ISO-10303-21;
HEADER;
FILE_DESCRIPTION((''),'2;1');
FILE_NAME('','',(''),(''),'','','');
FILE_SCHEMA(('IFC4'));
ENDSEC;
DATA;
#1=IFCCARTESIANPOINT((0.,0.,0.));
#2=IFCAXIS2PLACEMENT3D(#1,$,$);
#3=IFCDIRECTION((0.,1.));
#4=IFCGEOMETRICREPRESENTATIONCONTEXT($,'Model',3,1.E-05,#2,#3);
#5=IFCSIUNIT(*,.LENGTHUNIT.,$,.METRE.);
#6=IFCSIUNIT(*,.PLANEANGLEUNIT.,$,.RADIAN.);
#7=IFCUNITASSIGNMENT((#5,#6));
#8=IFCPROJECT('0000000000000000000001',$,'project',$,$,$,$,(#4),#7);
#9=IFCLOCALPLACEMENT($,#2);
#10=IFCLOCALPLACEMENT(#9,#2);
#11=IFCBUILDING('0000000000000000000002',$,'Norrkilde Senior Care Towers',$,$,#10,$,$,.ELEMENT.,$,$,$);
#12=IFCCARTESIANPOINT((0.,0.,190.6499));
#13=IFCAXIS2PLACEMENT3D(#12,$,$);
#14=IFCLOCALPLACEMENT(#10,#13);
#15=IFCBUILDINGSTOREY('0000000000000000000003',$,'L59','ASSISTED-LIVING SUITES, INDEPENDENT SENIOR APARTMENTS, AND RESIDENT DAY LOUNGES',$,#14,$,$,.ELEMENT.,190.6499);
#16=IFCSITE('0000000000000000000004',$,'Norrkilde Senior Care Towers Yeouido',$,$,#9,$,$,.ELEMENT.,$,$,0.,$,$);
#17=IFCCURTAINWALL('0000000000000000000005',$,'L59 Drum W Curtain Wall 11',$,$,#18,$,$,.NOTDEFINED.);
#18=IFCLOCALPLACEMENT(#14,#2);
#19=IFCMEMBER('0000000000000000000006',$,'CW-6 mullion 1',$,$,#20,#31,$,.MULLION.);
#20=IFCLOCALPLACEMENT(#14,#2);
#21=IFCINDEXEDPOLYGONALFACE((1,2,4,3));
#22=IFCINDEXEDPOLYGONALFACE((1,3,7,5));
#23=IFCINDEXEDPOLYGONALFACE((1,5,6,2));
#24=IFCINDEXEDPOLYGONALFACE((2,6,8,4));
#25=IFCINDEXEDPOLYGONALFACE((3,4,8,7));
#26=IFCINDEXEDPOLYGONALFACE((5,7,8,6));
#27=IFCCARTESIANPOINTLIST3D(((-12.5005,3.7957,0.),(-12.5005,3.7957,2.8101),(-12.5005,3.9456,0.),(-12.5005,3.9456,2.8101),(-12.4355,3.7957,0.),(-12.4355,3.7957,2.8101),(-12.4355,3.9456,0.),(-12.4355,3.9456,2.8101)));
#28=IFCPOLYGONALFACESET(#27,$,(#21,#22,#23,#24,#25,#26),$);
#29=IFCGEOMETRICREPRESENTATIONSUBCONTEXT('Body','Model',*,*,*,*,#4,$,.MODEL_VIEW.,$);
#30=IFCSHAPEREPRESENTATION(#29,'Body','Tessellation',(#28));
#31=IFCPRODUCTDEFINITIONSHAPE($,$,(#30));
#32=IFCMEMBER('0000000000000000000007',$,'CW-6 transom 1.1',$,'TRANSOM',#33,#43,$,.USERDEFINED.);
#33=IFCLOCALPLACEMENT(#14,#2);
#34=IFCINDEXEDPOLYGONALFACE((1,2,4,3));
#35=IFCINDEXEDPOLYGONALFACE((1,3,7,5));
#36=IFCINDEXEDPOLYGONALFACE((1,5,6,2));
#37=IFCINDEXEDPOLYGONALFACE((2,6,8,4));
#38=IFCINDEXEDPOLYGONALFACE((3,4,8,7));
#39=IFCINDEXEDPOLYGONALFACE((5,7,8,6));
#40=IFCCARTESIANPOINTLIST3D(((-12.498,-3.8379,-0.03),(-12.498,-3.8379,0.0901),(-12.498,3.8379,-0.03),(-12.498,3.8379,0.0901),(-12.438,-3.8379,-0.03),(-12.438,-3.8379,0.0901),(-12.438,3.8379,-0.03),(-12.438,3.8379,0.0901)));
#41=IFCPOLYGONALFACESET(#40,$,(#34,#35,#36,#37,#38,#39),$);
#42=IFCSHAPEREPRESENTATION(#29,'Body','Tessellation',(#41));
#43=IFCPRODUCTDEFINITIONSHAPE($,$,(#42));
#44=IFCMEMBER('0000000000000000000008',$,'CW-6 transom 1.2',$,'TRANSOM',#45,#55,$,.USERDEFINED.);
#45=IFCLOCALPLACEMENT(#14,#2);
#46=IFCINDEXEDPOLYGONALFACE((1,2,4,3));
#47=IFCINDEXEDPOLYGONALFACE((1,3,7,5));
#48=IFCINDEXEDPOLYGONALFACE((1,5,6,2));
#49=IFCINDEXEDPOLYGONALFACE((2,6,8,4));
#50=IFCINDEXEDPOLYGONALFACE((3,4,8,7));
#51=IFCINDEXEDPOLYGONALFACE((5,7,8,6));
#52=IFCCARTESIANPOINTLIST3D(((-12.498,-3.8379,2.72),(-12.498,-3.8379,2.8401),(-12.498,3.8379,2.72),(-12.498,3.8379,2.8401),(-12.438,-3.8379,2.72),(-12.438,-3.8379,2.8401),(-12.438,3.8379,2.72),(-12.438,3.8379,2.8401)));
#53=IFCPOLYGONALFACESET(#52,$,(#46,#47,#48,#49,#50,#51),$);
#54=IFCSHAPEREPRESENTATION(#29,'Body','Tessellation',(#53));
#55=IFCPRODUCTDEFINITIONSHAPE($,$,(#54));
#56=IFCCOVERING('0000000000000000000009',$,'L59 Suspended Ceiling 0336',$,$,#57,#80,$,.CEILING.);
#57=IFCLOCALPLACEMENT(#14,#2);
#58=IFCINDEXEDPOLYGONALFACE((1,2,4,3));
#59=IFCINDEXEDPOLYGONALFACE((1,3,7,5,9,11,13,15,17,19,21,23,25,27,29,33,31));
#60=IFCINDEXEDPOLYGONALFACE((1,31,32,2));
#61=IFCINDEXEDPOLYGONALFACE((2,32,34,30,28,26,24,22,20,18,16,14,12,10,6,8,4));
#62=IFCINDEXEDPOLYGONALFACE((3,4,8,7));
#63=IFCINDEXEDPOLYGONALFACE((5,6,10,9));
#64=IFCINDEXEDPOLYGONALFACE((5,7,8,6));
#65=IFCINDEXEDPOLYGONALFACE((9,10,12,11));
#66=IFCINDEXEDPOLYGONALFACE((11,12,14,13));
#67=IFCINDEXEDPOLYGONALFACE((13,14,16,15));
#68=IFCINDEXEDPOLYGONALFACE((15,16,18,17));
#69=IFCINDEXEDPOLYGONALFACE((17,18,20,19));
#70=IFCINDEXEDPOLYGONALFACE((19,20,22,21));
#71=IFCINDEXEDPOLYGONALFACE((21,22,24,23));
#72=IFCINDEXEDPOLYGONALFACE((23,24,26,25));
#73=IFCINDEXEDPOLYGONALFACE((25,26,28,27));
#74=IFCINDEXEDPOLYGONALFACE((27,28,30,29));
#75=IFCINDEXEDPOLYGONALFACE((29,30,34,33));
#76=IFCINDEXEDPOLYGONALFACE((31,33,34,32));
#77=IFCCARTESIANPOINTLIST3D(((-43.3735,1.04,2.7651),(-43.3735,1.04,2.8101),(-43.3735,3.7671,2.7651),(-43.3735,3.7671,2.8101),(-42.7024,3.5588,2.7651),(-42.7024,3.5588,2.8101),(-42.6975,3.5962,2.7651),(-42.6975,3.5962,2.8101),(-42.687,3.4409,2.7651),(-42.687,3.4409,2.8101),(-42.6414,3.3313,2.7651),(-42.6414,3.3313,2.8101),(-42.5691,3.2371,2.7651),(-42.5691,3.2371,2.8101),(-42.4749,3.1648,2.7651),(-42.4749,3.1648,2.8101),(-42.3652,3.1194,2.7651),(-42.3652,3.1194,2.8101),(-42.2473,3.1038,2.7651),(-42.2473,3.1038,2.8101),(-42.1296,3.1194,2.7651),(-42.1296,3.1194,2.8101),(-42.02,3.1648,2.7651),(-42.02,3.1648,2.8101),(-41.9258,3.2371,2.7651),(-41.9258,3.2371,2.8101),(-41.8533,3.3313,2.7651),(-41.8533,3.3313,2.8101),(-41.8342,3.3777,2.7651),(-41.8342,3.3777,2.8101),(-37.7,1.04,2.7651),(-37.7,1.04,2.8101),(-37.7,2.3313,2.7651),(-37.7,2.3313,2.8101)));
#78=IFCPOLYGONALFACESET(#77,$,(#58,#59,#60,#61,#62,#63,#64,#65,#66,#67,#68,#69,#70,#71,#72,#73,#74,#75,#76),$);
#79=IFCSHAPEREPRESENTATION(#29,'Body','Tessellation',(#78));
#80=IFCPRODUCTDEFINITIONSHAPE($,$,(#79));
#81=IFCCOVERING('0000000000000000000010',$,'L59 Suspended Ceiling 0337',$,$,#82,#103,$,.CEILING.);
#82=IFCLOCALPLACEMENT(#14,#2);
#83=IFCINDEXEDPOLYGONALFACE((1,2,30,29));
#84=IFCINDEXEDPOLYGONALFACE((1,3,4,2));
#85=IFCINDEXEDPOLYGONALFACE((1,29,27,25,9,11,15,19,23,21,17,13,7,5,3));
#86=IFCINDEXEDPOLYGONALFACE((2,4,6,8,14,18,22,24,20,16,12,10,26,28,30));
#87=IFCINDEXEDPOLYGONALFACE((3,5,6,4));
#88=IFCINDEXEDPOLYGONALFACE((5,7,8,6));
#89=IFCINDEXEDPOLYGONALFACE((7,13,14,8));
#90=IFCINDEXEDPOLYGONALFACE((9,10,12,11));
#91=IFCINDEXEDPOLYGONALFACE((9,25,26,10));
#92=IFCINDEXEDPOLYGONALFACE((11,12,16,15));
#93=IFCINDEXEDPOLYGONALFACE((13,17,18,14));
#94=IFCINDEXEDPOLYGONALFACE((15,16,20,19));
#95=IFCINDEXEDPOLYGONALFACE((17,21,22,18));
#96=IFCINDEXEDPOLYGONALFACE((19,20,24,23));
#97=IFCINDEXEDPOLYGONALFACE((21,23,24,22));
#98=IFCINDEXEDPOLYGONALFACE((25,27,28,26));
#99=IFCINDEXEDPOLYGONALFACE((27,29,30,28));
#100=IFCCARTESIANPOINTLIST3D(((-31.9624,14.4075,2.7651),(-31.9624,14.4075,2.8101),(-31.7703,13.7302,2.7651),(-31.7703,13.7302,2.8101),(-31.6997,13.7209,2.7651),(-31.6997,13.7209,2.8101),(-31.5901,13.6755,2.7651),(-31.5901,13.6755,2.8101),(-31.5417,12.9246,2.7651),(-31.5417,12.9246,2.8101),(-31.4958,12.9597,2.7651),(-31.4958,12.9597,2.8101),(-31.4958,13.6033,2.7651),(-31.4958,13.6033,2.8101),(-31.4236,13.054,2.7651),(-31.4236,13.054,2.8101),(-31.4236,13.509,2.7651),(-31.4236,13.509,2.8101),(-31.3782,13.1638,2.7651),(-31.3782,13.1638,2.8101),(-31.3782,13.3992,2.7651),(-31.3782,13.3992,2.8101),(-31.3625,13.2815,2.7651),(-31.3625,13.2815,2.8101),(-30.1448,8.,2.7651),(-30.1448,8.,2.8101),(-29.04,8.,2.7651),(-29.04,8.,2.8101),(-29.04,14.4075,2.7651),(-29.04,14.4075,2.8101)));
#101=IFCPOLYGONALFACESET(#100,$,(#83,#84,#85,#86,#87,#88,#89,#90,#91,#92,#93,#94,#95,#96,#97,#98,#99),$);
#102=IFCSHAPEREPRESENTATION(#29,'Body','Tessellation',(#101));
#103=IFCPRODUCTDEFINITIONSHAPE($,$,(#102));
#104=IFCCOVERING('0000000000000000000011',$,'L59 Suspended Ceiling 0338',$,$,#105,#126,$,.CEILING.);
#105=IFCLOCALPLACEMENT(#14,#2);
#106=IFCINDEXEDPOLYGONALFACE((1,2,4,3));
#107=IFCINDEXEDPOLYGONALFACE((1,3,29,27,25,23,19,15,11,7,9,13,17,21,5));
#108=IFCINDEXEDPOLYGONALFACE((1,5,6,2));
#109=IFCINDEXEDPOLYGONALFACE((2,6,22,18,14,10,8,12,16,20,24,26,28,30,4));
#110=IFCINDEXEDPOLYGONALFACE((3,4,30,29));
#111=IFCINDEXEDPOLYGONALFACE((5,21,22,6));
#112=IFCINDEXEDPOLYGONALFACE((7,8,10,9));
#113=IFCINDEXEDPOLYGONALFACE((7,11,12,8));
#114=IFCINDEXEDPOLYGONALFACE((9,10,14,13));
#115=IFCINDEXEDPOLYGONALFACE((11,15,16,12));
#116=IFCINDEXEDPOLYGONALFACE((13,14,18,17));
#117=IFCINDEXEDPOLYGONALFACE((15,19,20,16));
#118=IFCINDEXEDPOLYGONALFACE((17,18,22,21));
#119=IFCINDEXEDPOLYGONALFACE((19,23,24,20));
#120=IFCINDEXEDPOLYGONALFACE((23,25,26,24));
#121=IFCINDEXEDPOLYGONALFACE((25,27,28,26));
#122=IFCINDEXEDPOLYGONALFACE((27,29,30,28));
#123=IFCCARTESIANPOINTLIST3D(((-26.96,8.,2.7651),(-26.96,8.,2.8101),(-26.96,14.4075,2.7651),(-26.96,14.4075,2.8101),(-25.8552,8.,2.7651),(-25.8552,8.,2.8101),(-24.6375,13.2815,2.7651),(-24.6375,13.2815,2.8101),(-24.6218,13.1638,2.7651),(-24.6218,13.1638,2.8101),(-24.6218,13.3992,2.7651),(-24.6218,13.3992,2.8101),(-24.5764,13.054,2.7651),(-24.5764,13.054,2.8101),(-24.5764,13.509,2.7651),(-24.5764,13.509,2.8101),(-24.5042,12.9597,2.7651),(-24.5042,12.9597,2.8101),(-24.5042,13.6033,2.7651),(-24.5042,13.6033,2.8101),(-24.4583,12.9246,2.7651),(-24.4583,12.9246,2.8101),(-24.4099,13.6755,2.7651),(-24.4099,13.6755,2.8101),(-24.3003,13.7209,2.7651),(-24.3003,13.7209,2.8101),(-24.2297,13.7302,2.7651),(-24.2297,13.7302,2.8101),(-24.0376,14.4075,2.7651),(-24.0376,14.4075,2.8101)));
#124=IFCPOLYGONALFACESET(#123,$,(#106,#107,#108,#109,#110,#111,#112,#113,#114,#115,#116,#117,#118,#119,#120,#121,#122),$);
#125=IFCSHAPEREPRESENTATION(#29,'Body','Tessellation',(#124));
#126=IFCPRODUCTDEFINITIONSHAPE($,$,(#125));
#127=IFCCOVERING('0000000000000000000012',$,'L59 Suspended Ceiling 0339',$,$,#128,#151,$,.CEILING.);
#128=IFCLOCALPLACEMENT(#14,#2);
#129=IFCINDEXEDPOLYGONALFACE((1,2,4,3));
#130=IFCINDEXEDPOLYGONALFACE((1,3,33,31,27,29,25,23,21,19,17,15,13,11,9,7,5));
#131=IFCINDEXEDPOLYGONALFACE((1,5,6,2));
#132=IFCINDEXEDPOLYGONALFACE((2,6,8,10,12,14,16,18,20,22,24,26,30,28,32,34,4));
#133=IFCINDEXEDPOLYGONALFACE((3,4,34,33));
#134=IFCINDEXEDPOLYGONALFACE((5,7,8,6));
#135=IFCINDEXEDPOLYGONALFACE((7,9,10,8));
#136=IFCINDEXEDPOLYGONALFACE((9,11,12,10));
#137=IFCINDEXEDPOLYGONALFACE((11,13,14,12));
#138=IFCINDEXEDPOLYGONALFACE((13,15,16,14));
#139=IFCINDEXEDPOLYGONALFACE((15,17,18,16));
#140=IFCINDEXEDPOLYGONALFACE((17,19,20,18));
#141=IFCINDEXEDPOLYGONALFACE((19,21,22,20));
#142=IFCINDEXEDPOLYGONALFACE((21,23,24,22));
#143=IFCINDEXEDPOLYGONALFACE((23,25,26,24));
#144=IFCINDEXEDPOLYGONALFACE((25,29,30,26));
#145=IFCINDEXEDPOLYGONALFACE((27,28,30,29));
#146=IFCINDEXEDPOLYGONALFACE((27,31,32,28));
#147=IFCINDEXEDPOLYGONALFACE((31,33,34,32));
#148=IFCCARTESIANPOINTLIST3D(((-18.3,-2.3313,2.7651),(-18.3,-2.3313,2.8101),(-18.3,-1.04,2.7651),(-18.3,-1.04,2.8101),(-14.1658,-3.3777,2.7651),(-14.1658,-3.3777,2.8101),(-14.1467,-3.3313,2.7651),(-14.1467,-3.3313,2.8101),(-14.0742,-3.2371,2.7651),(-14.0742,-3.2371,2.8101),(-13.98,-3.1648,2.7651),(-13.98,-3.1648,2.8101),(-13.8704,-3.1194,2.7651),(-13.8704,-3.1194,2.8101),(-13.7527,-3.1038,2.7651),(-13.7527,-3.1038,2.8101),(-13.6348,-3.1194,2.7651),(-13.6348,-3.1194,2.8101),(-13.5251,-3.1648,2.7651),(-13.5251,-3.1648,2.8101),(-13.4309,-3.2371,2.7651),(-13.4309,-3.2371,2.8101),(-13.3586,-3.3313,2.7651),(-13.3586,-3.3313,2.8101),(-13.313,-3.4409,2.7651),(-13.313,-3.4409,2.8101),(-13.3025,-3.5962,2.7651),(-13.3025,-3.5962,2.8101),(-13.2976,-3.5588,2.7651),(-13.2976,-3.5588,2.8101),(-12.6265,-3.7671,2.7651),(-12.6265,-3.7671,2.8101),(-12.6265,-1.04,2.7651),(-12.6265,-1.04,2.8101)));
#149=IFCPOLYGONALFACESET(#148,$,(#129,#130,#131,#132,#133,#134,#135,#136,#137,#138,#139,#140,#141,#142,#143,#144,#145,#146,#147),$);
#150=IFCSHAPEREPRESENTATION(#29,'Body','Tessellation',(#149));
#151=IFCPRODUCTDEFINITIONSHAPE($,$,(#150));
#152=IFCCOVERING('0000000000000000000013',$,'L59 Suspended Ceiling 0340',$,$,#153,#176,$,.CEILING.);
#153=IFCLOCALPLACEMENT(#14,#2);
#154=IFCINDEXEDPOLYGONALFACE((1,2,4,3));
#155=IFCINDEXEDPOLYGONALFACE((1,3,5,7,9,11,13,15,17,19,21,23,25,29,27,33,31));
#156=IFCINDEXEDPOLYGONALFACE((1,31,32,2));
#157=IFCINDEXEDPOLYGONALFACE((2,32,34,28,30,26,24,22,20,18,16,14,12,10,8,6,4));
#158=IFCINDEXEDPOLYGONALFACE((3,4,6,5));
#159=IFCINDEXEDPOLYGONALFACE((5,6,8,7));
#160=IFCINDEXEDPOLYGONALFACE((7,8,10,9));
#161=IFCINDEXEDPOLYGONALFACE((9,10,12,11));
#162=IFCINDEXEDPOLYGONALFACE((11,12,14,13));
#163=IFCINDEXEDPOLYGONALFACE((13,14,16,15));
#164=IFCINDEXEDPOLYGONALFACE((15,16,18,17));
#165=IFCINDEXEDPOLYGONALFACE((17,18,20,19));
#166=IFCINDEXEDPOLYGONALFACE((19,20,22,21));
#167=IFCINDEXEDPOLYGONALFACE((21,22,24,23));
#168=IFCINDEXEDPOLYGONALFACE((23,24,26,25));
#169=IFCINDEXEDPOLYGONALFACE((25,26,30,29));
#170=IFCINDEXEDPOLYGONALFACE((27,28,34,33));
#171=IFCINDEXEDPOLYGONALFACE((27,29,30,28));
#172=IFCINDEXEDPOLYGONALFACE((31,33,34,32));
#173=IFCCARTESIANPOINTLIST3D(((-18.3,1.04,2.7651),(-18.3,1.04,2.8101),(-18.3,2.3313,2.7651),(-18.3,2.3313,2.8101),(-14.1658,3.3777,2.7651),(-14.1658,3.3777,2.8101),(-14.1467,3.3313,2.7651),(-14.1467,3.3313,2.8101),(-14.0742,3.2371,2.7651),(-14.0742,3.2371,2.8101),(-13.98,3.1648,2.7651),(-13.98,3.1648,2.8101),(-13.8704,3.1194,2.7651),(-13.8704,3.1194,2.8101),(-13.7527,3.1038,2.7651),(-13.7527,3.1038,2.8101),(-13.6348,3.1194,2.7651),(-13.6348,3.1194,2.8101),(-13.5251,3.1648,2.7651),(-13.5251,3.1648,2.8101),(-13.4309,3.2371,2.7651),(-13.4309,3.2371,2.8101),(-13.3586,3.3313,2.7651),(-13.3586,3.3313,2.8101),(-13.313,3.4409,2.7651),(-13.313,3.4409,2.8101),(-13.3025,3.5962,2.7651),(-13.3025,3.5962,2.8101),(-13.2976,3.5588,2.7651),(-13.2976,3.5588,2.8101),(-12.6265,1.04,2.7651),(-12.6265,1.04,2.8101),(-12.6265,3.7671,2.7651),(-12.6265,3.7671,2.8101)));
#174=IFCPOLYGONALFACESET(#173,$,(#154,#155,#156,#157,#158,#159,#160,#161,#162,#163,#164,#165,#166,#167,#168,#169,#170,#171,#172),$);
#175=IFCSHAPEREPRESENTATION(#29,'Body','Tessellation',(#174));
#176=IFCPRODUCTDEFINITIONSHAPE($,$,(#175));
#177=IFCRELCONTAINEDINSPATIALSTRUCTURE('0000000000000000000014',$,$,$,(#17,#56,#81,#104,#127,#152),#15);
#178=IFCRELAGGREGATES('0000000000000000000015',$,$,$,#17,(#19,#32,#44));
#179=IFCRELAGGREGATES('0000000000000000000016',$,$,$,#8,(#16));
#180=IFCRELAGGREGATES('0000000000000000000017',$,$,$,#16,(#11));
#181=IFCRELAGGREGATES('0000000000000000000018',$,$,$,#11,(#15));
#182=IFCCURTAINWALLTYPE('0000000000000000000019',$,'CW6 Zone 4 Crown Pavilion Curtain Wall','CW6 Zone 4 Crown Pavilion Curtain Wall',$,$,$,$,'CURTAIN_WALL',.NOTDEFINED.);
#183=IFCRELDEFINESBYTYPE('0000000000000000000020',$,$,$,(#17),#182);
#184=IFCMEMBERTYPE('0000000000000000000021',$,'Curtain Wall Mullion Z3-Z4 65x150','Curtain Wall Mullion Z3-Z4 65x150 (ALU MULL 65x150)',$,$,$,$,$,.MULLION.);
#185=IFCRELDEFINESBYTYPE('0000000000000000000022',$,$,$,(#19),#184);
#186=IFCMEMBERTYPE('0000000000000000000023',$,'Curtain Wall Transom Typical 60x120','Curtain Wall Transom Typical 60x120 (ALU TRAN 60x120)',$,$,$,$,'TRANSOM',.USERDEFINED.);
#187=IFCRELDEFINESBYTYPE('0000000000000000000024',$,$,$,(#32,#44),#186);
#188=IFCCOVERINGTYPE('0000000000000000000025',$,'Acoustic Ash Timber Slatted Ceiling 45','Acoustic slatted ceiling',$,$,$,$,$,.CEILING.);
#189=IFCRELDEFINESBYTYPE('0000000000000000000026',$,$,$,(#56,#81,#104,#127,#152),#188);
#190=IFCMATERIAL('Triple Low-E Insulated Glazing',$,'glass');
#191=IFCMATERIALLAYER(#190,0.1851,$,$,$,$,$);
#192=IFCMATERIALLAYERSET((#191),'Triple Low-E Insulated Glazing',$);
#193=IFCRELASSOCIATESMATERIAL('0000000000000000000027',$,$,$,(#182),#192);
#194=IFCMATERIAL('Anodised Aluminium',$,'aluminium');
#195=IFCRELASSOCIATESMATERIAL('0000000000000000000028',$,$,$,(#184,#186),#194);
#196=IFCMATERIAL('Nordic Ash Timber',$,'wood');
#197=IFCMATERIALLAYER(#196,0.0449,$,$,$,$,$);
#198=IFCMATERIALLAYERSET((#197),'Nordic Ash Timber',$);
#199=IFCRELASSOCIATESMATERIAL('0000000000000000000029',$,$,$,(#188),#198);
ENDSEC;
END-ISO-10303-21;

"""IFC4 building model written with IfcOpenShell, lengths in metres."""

from ifc_helpers import new_model, si_unit, direction, frame, origin, origin_2d, place, context, subcontext, project, spatial, polyline, rectangle, outline, extrude, source, transform, mapped, material, layer, layer_set, material_profile, profile_set, type_object, type_shapes, element, aggregate, save


model = new_model("IFC4")

# Units and contexts
model_context = context("Model", 3, precision=1e-05, world=origin(), true_north=direction((0.0, 1.0)))
body_context = subcontext(model_context, "Body", "Model", "MODEL_VIEW")
ifc_project = project(units=[si_unit("LENGTHUNIT", "METRE"), si_unit("PLANEANGLEUNIT", "RADIAN")], contexts=[model_context])

# Site, building, storey
site_placement = place(None, origin())
site = spatial("IfcSite", under=ifc_project, at=site_placement, Name="Norrkilde Senior Care Towers Yeouido", CompositionType="ELEMENT", RefElevation=0.0)
building_placement = place(site_placement, origin())
building = spatial("IfcBuilding", under=site, at=building_placement, Name="Norrkilde Senior Care Towers", CompositionType="ELEMENT")
storey_placement = place(building_placement, frame((0.0, 0.0, 190.6499)))
storey = spatial("IfcBuildingStorey", under=building, at=storey_placement, Name="L59", Description="ASSISTED-LIVING SUITES, INDEPENDENT SENIOR APARTMENTS, AND RESIDENT DAY LOUNGES", CompositionType="ELEMENT", Elevation=190.6499)

# Curtain wall, members
ifc_material_1 = material(Name="Triple Low-E Insulated Glazing", Category="glass")
ifc_layer_1 = layer(ifc_material_1, 0.1851)
ifc_layer_set_1 = layer_set([ifc_layer_1], Name="Triple Low-E Insulated Glazing")
curtain_wall_type = type_object("IfcCurtainWallType", Name="CW6 Zone 4 Crown Pavilion Curtain Wall", Description="CW6 Zone 4 Crown Pavilion Curtain Wall", ElementType="CURTAIN_WALL", PredefinedType="NOTDEFINED", material=ifc_layer_set_1)
curtain_wall_placement = place(storey_placement, origin())
curtain_wall = element("IfcCurtainWall", 1, at=curtain_wall_placement, inside=storey, type_object=curtain_wall_type, Name="L59 Drum W Curtain Wall 11", PredefinedType="NOTDEFINED")
ifc_material_2 = material(Name="Anodised Aluminium", Category="aluminium")
ifc_material_profile_1 = material_profile(ifc_material_2, rectangle(XDim=0.0649, YDim=0.1499, at=origin_2d()), Name="ALU MULL 65x150")
ifc_profile_set_1 = profile_set([ifc_material_profile_1], Name="Anodised Aluminium")
member_type_1 = type_object("IfcMemberType", Name="Curtain Wall Mullion Z3-Z4 65x150", Description="Curtain Wall Mullion Z3-Z4 65x150 (ALU MULL 65x150)", PredefinedType="MULLION", material=ifc_profile_set_1)
shared_shape_1 = source(origin(), body_context, "Body", "SweptSolid", [
    extrude(rectangle(XDim=0.0649, YDim=0.1499, at=origin_2d()), origin(), (0.0, 0.0, 1.0), 2.8101),
])
type_shapes(member_type_1, [shared_shape_1])
member_1_placement = place(storey_placement, frame((-12.468, 3.8706, 0.0), z_axis=(0.0, 0.0, 1.0), x_axis=(1.0, 0.0, 0.0)))
member_1 = element("IfcMember", 2, at=member_1_placement, type_object=member_type_1, Name="CW-6 mullion 1", PredefinedType="MULLION", context=body_context, shape_type="MappedRepresentation", body=[
    mapped(shared_shape_1, transform((0.0, 0.0, 0.0), x_axis=(1.0, 0.0, 0.0), y_axis=(0.0, 1.0, 0.0), z_axis=(0.0, 0.0, 1.0), scale=1.0)),
])
ifc_material_profile_2 = material_profile(ifc_material_2, rectangle(XDim=0.0601, YDim=0.1201, at=origin_2d()), Name="ALU TRAN 60x120")
ifc_profile_set_2 = profile_set([ifc_material_profile_2], Name="Anodised Aluminium")
member_type_2 = type_object("IfcMemberType", Name="Curtain Wall Transom Typical 60x120", Description="Curtain Wall Transom Typical 60x120 (ALU TRAN 60x120)", ElementType="TRANSOM", PredefinedType="USERDEFINED", material=ifc_profile_set_2)
shared_shape_2 = source(origin(), body_context, "Body", "SweptSolid", [
    extrude(rectangle(XDim=0.0601, YDim=0.1201, at=origin_2d()), origin(), (0.0, 0.0, 1.0), 7.6758),
])
type_shapes(member_type_2, [shared_shape_2])
member_2_placement = place(storey_placement, frame((-12.468, 3.8379, 0.03), z_axis=(0.0, -1.0, 0.0), x_axis=(1.0, 0.0, 0.0)))
member_2 = element("IfcMember", 3, at=member_2_placement, type_object=member_type_2, Name="CW-6 transom 1.1", ObjectType="TRANSOM", PredefinedType="USERDEFINED", context=body_context, shape_type="MappedRepresentation", body=[
    mapped(shared_shape_2, transform((0.0, 0.0, 0.0), x_axis=(1.0, 0.0, 0.0), y_axis=(0.0, 1.0, 0.0), z_axis=(0.0, 0.0, 1.0), scale=1.0)),
])
member_3_placement = place(storey_placement, frame((-12.468, 3.8379, 2.78), z_axis=(0.0, -1.0, 0.0), x_axis=(1.0, 0.0, 0.0)))
member_3 = element("IfcMember", 4, at=member_3_placement, type_object=member_type_2, Name="CW-6 transom 1.2", ObjectType="TRANSOM", PredefinedType="USERDEFINED", context=body_context, shape_type="MappedRepresentation", body=[
    mapped(shared_shape_2, transform((0.0, 0.0, 0.0), x_axis=(1.0, 0.0, 0.0), y_axis=(0.0, 1.0, 0.0), z_axis=(0.0, 0.0, 1.0), scale=1.0)),
])
aggregate(curtain_wall, [member_1, member_2, member_3])

# Coverings
ifc_material_3 = material(Name="Nordic Ash Timber", Category="wood")
ifc_layer_2 = layer(ifc_material_3, 0.0449)
ifc_layer_set_2 = layer_set([ifc_layer_2], Name="Nordic Ash Timber")
covering_type_1 = type_object("IfcCoveringType", Name="Acoustic Ash Timber Slatted Ceiling 45", Description="Acoustic slatted ceiling", PredefinedType="CEILING", material=ifc_layer_set_2)
covering_1_placement = place(storey_placement, frame((0.0, 0.0, 2.7651)))
element("IfcCovering", 5, at=covering_1_placement, inside=storey, type_object=covering_type_1, Name="L59 Suspended Ceiling 0336", PredefinedType="CEILING", context=body_context, shape_type="SweptSolid", body=[
    extrude(outline(polyline([(-37.7, 1.04), (-43.3735, 1.04), (-43.3735, 3.7671), (-42.6975, 3.5962), (-42.7024, 3.5588), (-42.687, 3.4409), (-42.6414, 3.3313), (-42.5691, 3.2371), (-42.4749, 3.1648), (-42.3652, 3.1194), (-42.2473, 3.1038), (-42.1296, 3.1194), (-42.02, 3.1648), (-41.9258, 3.2371), (-41.8533, 3.3313), (-41.8342, 3.3777), (-37.7, 2.3313), (-37.7, 1.04)])), origin(), (0.0, 0.0, 1.0), 0.0449),
])
covering_2_placement = place(storey_placement, frame((0.0, 0.0, 2.7651)))
element("IfcCovering", 6, at=covering_2_placement, inside=storey, type_object=covering_type_1, Name="L59 Suspended Ceiling 0337", PredefinedType="CEILING", context=body_context, shape_type="SweptSolid", body=[
    extrude(outline(polyline([(-29.04, 14.4075), (-29.04, 8.0), (-30.1448, 8.0), (-31.5417, 12.9246), (-31.4958, 12.9597), (-31.4236, 13.054), (-31.3782, 13.1638), (-31.3625, 13.2815), (-31.3782, 13.3992), (-31.4236, 13.509), (-31.4958, 13.6033), (-31.5901, 13.6755), (-31.6997, 13.7209), (-31.7703, 13.7302), (-31.9624, 14.4075), (-29.04, 14.4075)])), origin(), (0.0, 0.0, 1.0), 0.0449),
])
covering_3_placement = place(storey_placement, frame((0.0, 0.0, 2.7651)))
element("IfcCovering", 7, at=covering_3_placement, inside=storey, type_object=covering_type_1, Name="L59 Suspended Ceiling 0338", PredefinedType="CEILING", context=body_context, shape_type="SweptSolid", body=[
    extrude(outline(polyline([(-24.0376, 14.4075), (-24.2297, 13.7302), (-24.3003, 13.7209), (-24.4099, 13.6755), (-24.5042, 13.6033), (-24.5764, 13.509), (-24.6218, 13.3992), (-24.6375, 13.2815), (-24.6218, 13.1638), (-24.5764, 13.054), (-24.5042, 12.9597), (-24.4583, 12.9246), (-25.8552, 8.0), (-26.96, 8.0), (-26.96, 14.4075), (-24.0376, 14.4075)])), origin(), (0.0, 0.0, 1.0), 0.0449),
])
covering_4_placement = place(storey_placement, frame((0.0, 0.0, 2.7651)))
element("IfcCovering", 8, at=covering_4_placement, inside=storey, type_object=covering_type_1, Name="L59 Suspended Ceiling 0339", PredefinedType="CEILING", context=body_context, shape_type="SweptSolid", body=[
    extrude(outline(polyline([(-12.6265, -3.7671), (-13.3025, -3.5962), (-13.2976, -3.5588), (-13.313, -3.4409), (-13.3586, -3.3313), (-13.4309, -3.2371), (-13.5251, -3.1648), (-13.6348, -3.1194), (-13.7527, -3.1038), (-13.8704, -3.1194), (-13.98, -3.1648), (-14.0742, -3.2371), (-14.1467, -3.3313), (-14.1658, -3.3777), (-18.3, -2.3313), (-18.3, -1.04), (-12.6265, -1.04), (-12.6265, -3.7671)])), origin(), (0.0, 0.0, 1.0), 0.0449),
])
covering_5_placement = place(storey_placement, frame((0.0, 0.0, 2.7651)))
element("IfcCovering", 9, at=covering_5_placement, inside=storey, type_object=covering_type_1, Name="L59 Suspended Ceiling 0340", PredefinedType="CEILING", context=body_context, shape_type="SweptSolid", body=[
    extrude(outline(polyline([(-12.6265, 1.04), (-18.3, 1.04), (-18.3, 2.3313), (-14.1658, 3.3777), (-14.1467, 3.3313), (-14.0742, 3.2371), (-13.98, 3.1648), (-13.8704, 3.1194), (-13.7527, 3.1038), (-13.6348, 3.1194), (-13.5251, 3.1648), (-13.4309, 3.2371), (-13.3586, 3.3313), (-13.313, 3.4409), (-13.2976, 3.5588), (-13.3025, 3.5962), (-12.6265, 3.7671), (-12.6265, 1.04)])), origin(), (0.0, 0.0, 1.0), 0.0449),
])

save(model, "model.ifc")
